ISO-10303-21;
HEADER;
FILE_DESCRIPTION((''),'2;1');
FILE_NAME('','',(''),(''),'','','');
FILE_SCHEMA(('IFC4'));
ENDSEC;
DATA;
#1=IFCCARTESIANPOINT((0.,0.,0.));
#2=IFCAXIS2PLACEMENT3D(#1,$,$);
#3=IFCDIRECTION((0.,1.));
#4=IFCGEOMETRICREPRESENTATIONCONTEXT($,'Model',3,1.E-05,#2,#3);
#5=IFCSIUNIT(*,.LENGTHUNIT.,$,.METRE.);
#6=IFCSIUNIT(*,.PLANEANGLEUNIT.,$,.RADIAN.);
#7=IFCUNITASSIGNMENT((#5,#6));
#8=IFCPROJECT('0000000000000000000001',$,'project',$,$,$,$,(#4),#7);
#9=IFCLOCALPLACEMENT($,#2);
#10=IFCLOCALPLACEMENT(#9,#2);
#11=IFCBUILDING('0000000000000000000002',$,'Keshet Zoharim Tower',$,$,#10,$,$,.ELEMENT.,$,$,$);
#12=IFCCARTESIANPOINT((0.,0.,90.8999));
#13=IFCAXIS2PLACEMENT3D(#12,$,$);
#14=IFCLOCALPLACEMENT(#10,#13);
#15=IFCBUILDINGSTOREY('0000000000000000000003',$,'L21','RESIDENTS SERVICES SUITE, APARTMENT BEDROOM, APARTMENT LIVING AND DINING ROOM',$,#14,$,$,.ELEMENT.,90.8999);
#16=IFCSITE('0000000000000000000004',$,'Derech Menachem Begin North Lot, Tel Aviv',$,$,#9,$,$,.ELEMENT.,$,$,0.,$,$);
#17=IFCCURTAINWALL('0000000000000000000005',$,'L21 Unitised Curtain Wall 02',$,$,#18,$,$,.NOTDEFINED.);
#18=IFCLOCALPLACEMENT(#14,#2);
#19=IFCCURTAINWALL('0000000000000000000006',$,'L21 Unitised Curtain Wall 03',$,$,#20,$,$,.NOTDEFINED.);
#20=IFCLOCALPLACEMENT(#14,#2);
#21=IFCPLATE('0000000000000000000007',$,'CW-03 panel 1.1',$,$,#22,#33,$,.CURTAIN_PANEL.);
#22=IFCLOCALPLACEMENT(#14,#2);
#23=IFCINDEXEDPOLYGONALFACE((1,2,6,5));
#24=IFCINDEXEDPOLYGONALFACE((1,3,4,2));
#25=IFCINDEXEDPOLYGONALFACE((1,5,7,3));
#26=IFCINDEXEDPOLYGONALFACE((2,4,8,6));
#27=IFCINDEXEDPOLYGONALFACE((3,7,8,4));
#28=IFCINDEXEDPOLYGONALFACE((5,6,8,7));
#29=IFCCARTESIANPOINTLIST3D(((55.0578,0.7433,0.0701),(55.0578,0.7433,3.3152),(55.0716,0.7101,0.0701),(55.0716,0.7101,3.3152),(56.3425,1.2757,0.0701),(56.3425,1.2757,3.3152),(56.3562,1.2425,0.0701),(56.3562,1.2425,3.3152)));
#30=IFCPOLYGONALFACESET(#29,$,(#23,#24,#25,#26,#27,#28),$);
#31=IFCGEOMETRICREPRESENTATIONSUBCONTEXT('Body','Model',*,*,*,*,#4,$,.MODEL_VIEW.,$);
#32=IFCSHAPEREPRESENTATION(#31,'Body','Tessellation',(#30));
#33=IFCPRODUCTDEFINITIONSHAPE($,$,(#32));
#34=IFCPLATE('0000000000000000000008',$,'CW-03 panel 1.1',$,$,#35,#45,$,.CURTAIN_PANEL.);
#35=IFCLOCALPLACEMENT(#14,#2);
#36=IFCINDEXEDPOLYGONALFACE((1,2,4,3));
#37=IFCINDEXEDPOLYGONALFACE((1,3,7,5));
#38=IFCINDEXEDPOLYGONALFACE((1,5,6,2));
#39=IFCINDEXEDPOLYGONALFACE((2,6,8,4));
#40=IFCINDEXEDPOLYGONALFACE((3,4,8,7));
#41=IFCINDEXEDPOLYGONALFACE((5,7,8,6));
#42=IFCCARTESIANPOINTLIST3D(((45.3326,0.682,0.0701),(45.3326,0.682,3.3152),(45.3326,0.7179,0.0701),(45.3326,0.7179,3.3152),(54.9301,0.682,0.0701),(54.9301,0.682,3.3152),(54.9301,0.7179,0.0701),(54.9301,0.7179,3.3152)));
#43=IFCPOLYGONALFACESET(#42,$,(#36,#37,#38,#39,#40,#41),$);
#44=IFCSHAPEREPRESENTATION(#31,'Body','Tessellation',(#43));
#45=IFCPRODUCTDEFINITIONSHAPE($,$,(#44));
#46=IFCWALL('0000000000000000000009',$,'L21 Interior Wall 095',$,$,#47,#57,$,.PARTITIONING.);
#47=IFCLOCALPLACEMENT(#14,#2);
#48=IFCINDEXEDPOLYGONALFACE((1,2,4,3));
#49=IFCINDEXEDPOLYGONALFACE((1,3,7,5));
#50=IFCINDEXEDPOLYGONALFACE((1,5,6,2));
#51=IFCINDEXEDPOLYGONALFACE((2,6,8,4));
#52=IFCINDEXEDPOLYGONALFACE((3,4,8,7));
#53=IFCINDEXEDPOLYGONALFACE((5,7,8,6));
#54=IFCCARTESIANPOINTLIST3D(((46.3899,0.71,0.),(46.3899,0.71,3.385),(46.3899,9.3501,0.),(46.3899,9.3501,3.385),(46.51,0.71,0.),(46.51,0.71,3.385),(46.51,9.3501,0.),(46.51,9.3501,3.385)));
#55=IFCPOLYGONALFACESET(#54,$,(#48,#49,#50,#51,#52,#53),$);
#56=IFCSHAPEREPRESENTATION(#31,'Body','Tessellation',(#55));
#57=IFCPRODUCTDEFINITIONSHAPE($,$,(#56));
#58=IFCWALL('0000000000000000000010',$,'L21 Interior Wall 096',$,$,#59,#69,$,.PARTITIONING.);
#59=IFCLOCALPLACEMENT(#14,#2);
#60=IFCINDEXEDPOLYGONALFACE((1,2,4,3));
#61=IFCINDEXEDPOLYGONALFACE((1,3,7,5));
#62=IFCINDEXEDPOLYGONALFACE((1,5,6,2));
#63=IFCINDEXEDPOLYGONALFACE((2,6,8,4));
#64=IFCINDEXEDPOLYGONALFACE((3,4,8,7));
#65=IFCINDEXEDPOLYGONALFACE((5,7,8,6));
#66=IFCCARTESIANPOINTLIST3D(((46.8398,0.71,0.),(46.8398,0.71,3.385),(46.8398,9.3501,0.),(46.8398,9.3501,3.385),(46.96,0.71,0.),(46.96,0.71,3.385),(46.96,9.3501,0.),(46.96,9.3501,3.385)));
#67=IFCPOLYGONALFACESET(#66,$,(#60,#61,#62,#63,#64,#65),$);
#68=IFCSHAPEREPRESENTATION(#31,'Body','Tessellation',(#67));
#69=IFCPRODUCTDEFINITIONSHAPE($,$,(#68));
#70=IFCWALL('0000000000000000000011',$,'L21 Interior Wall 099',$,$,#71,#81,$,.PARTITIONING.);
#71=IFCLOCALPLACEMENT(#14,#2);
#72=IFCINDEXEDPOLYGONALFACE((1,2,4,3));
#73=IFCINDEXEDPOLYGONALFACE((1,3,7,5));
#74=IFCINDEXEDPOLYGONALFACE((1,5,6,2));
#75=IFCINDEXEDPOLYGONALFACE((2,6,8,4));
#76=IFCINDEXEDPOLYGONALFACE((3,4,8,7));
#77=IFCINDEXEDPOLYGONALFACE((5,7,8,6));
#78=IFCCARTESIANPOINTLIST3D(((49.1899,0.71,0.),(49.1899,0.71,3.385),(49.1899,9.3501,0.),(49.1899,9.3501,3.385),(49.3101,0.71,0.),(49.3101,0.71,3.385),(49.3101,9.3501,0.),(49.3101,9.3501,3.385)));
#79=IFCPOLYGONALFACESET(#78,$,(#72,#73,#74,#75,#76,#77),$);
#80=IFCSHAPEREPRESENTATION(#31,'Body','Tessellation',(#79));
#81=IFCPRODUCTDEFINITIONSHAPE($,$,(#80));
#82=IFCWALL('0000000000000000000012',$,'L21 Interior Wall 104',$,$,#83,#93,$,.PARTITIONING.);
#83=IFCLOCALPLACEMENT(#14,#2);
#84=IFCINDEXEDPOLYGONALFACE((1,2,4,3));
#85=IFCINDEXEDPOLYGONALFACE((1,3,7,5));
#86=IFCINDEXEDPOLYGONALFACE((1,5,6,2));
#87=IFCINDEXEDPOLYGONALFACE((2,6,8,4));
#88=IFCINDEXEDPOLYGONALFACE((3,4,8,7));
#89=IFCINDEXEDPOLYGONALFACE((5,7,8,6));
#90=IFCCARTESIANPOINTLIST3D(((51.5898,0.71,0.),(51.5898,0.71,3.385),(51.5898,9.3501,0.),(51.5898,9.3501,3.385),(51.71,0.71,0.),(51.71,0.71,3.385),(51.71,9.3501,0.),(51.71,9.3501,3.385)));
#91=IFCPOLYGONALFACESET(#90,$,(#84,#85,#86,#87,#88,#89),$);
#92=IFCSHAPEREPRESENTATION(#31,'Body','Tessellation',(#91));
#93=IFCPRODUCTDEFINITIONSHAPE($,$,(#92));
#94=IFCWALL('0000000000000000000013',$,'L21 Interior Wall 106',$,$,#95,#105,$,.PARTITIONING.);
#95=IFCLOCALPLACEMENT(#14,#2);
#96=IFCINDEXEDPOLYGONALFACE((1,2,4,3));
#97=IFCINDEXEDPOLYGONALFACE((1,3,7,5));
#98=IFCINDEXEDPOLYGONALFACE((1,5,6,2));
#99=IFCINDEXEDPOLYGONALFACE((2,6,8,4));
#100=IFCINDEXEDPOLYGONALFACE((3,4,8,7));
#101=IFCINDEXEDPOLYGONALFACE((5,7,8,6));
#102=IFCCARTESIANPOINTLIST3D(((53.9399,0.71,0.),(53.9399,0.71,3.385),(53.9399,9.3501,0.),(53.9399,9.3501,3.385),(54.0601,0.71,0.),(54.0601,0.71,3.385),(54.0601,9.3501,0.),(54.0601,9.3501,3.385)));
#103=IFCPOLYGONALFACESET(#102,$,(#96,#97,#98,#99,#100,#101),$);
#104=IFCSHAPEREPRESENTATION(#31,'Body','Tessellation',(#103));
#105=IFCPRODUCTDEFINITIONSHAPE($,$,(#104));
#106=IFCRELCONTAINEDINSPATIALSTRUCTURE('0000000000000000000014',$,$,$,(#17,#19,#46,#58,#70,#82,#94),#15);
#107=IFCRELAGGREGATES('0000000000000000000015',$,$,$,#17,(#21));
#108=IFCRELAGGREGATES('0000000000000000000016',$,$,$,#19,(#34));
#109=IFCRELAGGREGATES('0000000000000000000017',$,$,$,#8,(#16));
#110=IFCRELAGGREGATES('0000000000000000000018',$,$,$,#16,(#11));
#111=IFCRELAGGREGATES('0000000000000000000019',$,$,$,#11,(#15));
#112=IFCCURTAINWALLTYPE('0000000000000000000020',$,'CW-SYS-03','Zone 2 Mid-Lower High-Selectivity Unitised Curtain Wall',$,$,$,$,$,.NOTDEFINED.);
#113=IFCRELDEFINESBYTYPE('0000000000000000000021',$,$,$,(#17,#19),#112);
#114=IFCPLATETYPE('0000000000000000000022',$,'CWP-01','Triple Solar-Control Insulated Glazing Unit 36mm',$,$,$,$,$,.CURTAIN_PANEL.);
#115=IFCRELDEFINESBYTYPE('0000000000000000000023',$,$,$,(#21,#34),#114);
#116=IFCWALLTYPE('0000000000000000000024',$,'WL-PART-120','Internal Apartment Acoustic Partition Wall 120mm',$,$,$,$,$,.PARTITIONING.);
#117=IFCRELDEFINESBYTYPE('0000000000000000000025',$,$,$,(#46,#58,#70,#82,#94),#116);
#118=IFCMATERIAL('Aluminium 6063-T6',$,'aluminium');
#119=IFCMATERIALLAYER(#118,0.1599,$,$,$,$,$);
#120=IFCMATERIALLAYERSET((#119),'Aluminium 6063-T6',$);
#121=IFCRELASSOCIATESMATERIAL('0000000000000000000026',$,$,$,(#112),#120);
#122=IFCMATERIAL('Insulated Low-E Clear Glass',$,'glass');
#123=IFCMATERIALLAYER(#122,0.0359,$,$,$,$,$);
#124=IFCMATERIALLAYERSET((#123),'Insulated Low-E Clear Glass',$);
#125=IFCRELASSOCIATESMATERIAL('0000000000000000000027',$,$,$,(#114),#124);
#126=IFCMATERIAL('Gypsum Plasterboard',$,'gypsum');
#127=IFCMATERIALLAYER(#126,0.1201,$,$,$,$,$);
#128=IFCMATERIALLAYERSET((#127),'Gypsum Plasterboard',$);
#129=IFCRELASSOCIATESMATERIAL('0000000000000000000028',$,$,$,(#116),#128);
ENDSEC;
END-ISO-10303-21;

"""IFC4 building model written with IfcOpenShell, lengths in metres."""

from ifc_helpers import new_model, si_unit, direction, frame, frame_2d, origin, origin_2d, place, context, subcontext, project, spatial, rectangle, extrude, material, layer, layer_set, type_object, element, aggregate, save


model = new_model("IFC4")

# Units and contexts
model_context = context("Model", 3, precision=1e-05, world=origin(), true_north=direction((0.0, 1.0)))
body_context = subcontext(model_context, "Body", "Model", "MODEL_VIEW")
ifc_project = project(units=[si_unit("LENGTHUNIT", "METRE"), si_unit("PLANEANGLEUNIT", "RADIAN")], contexts=[model_context])

# Site, building, storey
site_placement = place(None, origin())
site = spatial("IfcSite", under=ifc_project, at=site_placement, Name="Derech Menachem Begin North Lot, Tel Aviv", CompositionType="ELEMENT", RefElevation=0.0)
building_placement = place(site_placement, origin())
building = spatial("IfcBuilding", under=site, at=building_placement, Name="Keshet Zoharim Tower", CompositionType="ELEMENT")
storey_placement = place(building_placement, frame((0.0, 0.0, 90.8999)))
storey = spatial("IfcBuildingStorey", under=building, at=storey_placement, Name="L21", Description="RESIDENTS SERVICES SUITE, APARTMENT BEDROOM, APARTMENT LIVING AND DINING ROOM", CompositionType="ELEMENT", Elevation=90.8999)

# Curtain walls
ifc_material_1 = material(Name="Aluminium 6063-T6", Category="aluminium")
ifc_layer_1 = layer(ifc_material_1, 0.1599)
ifc_layer_set_1 = layer_set([ifc_layer_1], Name="Aluminium 6063-T6")
curtain_wall_type = type_object("IfcCurtainWallType", Name="CW-SYS-03", Description="Zone 2 Mid-Lower High-Selectivity Unitised Curtain Wall", PredefinedType="NOTDEFINED", material=ifc_layer_set_1)
curtain_wall_1_placement = place(storey_placement, origin())
curtain_wall_1 = element("IfcCurtainWall", 1, at=curtain_wall_1_placement, inside=storey, type_object=curtain_wall_type, Name="L21 Unitised Curtain Wall 02", PredefinedType="NOTDEFINED")
curtain_wall_2_placement = place(storey_placement, origin())
curtain_wall_2 = element("IfcCurtainWall", 2, at=curtain_wall_2_placement, inside=storey, type_object=curtain_wall_type, Name="L21 Unitised Curtain Wall 03", PredefinedType="NOTDEFINED")

# Plates
ifc_material_2 = material(Name="Insulated Low-E Clear Glass", Category="glass")
ifc_layer_2 = layer(ifc_material_2, 0.0359)
ifc_layer_set_2 = layer_set([ifc_layer_2], Name="Insulated Low-E Clear Glass")
plate_type = type_object("IfcPlateType", Name="CWP-01", Description="Triple Solar-Control Insulated Glazing Unit 36mm", PredefinedType="CURTAIN_PANEL", material=ifc_layer_set_2)
plate_1_placement = place(storey_placement, frame((55.707, 0.9929, 0.0701), z_axis=(0.0, 0.0, 1.0), x_axis=(-0.92381, -0.382852, 0.0)))
plate_1 = element("IfcPlate", 3, at=plate_1_placement, type_object=plate_type, Name="CW-03 panel 1.1", PredefinedType="CURTAIN_PANEL", context=body_context, shape_type="SweptSolid", body=[
    extrude(rectangle(XDim=1.3906, YDim=0.0359, at=origin_2d()), origin(), (0.0, 0.0, 1.0), 3.2451),
])
aggregate(curtain_wall_1, [plate_1])
plate_2_placement = place(storey_placement, frame((50.1313, 0.7, 0.0701), z_axis=(0.0, 0.0, 1.0), x_axis=(-1.0, 0.0, 0.0)))
plate_2 = element("IfcPlate", 4, at=plate_2_placement, type_object=plate_type, Name="CW-03 panel 1.1", PredefinedType="CURTAIN_PANEL", context=body_context, shape_type="SweptSolid", body=[
    extrude(rectangle(XDim=9.5974, YDim=0.0359, at=origin_2d()), origin(), (0.0, 0.0, 1.0), 3.2451),
])
aggregate(curtain_wall_2, [plate_2])

# Walls
ifc_material_3 = material(Name="Gypsum Plasterboard", Category="gypsum")
ifc_layer_3 = layer(ifc_material_3, 0.1201)
ifc_layer_set_3 = layer_set([ifc_layer_3], Name="Gypsum Plasterboard")
wall_type = type_object("IfcWallType", Name="WL-PART-120", Description="Internal Apartment Acoustic Partition Wall 120mm", PredefinedType="PARTITIONING", material=ifc_layer_set_3)
for number, where, z_axis, x_axis, name in (
    (5, (46.45, 0.71, 0.0), (0.0, 0.0, 1.0), (0.0, 1.0, 0.0), "L21 Interior Wall 095"),
    (6, (46.8999, 0.71, 0.0), (0.0, 0.0, 1.0), (0.0, 1.0, 0.0), "L21 Interior Wall 096"),
    (7, (49.25, 0.71, 0.0), (0.0, 0.0, 1.0), (0.0, 1.0, 0.0), "L21 Interior Wall 099"),
    (8, (51.6499, 0.71, 0.0), (0.0, 0.0, 1.0), (0.0, 1.0, 0.0), "L21 Interior Wall 104"),
    (9, (54.0, 0.71, 0.0), (0.0, 0.0, 1.0), (0.0, 1.0, 0.0), "L21 Interior Wall 106"),
):
    element("IfcWall", number, at=place(storey_placement, frame(where, z_axis=z_axis, x_axis=x_axis)), inside=storey, type_object=wall_type, Name=name, PredefinedType="PARTITIONING", context=body_context, shape_type="SweptSolid", body=[
        extrude(rectangle(XDim=8.6401, YDim=0.1201, at=frame_2d((4.3201, 0.0))), origin(), (0.0, 0.0, 1.0), 3.385),
    ])

save(model, "model.ifc")
